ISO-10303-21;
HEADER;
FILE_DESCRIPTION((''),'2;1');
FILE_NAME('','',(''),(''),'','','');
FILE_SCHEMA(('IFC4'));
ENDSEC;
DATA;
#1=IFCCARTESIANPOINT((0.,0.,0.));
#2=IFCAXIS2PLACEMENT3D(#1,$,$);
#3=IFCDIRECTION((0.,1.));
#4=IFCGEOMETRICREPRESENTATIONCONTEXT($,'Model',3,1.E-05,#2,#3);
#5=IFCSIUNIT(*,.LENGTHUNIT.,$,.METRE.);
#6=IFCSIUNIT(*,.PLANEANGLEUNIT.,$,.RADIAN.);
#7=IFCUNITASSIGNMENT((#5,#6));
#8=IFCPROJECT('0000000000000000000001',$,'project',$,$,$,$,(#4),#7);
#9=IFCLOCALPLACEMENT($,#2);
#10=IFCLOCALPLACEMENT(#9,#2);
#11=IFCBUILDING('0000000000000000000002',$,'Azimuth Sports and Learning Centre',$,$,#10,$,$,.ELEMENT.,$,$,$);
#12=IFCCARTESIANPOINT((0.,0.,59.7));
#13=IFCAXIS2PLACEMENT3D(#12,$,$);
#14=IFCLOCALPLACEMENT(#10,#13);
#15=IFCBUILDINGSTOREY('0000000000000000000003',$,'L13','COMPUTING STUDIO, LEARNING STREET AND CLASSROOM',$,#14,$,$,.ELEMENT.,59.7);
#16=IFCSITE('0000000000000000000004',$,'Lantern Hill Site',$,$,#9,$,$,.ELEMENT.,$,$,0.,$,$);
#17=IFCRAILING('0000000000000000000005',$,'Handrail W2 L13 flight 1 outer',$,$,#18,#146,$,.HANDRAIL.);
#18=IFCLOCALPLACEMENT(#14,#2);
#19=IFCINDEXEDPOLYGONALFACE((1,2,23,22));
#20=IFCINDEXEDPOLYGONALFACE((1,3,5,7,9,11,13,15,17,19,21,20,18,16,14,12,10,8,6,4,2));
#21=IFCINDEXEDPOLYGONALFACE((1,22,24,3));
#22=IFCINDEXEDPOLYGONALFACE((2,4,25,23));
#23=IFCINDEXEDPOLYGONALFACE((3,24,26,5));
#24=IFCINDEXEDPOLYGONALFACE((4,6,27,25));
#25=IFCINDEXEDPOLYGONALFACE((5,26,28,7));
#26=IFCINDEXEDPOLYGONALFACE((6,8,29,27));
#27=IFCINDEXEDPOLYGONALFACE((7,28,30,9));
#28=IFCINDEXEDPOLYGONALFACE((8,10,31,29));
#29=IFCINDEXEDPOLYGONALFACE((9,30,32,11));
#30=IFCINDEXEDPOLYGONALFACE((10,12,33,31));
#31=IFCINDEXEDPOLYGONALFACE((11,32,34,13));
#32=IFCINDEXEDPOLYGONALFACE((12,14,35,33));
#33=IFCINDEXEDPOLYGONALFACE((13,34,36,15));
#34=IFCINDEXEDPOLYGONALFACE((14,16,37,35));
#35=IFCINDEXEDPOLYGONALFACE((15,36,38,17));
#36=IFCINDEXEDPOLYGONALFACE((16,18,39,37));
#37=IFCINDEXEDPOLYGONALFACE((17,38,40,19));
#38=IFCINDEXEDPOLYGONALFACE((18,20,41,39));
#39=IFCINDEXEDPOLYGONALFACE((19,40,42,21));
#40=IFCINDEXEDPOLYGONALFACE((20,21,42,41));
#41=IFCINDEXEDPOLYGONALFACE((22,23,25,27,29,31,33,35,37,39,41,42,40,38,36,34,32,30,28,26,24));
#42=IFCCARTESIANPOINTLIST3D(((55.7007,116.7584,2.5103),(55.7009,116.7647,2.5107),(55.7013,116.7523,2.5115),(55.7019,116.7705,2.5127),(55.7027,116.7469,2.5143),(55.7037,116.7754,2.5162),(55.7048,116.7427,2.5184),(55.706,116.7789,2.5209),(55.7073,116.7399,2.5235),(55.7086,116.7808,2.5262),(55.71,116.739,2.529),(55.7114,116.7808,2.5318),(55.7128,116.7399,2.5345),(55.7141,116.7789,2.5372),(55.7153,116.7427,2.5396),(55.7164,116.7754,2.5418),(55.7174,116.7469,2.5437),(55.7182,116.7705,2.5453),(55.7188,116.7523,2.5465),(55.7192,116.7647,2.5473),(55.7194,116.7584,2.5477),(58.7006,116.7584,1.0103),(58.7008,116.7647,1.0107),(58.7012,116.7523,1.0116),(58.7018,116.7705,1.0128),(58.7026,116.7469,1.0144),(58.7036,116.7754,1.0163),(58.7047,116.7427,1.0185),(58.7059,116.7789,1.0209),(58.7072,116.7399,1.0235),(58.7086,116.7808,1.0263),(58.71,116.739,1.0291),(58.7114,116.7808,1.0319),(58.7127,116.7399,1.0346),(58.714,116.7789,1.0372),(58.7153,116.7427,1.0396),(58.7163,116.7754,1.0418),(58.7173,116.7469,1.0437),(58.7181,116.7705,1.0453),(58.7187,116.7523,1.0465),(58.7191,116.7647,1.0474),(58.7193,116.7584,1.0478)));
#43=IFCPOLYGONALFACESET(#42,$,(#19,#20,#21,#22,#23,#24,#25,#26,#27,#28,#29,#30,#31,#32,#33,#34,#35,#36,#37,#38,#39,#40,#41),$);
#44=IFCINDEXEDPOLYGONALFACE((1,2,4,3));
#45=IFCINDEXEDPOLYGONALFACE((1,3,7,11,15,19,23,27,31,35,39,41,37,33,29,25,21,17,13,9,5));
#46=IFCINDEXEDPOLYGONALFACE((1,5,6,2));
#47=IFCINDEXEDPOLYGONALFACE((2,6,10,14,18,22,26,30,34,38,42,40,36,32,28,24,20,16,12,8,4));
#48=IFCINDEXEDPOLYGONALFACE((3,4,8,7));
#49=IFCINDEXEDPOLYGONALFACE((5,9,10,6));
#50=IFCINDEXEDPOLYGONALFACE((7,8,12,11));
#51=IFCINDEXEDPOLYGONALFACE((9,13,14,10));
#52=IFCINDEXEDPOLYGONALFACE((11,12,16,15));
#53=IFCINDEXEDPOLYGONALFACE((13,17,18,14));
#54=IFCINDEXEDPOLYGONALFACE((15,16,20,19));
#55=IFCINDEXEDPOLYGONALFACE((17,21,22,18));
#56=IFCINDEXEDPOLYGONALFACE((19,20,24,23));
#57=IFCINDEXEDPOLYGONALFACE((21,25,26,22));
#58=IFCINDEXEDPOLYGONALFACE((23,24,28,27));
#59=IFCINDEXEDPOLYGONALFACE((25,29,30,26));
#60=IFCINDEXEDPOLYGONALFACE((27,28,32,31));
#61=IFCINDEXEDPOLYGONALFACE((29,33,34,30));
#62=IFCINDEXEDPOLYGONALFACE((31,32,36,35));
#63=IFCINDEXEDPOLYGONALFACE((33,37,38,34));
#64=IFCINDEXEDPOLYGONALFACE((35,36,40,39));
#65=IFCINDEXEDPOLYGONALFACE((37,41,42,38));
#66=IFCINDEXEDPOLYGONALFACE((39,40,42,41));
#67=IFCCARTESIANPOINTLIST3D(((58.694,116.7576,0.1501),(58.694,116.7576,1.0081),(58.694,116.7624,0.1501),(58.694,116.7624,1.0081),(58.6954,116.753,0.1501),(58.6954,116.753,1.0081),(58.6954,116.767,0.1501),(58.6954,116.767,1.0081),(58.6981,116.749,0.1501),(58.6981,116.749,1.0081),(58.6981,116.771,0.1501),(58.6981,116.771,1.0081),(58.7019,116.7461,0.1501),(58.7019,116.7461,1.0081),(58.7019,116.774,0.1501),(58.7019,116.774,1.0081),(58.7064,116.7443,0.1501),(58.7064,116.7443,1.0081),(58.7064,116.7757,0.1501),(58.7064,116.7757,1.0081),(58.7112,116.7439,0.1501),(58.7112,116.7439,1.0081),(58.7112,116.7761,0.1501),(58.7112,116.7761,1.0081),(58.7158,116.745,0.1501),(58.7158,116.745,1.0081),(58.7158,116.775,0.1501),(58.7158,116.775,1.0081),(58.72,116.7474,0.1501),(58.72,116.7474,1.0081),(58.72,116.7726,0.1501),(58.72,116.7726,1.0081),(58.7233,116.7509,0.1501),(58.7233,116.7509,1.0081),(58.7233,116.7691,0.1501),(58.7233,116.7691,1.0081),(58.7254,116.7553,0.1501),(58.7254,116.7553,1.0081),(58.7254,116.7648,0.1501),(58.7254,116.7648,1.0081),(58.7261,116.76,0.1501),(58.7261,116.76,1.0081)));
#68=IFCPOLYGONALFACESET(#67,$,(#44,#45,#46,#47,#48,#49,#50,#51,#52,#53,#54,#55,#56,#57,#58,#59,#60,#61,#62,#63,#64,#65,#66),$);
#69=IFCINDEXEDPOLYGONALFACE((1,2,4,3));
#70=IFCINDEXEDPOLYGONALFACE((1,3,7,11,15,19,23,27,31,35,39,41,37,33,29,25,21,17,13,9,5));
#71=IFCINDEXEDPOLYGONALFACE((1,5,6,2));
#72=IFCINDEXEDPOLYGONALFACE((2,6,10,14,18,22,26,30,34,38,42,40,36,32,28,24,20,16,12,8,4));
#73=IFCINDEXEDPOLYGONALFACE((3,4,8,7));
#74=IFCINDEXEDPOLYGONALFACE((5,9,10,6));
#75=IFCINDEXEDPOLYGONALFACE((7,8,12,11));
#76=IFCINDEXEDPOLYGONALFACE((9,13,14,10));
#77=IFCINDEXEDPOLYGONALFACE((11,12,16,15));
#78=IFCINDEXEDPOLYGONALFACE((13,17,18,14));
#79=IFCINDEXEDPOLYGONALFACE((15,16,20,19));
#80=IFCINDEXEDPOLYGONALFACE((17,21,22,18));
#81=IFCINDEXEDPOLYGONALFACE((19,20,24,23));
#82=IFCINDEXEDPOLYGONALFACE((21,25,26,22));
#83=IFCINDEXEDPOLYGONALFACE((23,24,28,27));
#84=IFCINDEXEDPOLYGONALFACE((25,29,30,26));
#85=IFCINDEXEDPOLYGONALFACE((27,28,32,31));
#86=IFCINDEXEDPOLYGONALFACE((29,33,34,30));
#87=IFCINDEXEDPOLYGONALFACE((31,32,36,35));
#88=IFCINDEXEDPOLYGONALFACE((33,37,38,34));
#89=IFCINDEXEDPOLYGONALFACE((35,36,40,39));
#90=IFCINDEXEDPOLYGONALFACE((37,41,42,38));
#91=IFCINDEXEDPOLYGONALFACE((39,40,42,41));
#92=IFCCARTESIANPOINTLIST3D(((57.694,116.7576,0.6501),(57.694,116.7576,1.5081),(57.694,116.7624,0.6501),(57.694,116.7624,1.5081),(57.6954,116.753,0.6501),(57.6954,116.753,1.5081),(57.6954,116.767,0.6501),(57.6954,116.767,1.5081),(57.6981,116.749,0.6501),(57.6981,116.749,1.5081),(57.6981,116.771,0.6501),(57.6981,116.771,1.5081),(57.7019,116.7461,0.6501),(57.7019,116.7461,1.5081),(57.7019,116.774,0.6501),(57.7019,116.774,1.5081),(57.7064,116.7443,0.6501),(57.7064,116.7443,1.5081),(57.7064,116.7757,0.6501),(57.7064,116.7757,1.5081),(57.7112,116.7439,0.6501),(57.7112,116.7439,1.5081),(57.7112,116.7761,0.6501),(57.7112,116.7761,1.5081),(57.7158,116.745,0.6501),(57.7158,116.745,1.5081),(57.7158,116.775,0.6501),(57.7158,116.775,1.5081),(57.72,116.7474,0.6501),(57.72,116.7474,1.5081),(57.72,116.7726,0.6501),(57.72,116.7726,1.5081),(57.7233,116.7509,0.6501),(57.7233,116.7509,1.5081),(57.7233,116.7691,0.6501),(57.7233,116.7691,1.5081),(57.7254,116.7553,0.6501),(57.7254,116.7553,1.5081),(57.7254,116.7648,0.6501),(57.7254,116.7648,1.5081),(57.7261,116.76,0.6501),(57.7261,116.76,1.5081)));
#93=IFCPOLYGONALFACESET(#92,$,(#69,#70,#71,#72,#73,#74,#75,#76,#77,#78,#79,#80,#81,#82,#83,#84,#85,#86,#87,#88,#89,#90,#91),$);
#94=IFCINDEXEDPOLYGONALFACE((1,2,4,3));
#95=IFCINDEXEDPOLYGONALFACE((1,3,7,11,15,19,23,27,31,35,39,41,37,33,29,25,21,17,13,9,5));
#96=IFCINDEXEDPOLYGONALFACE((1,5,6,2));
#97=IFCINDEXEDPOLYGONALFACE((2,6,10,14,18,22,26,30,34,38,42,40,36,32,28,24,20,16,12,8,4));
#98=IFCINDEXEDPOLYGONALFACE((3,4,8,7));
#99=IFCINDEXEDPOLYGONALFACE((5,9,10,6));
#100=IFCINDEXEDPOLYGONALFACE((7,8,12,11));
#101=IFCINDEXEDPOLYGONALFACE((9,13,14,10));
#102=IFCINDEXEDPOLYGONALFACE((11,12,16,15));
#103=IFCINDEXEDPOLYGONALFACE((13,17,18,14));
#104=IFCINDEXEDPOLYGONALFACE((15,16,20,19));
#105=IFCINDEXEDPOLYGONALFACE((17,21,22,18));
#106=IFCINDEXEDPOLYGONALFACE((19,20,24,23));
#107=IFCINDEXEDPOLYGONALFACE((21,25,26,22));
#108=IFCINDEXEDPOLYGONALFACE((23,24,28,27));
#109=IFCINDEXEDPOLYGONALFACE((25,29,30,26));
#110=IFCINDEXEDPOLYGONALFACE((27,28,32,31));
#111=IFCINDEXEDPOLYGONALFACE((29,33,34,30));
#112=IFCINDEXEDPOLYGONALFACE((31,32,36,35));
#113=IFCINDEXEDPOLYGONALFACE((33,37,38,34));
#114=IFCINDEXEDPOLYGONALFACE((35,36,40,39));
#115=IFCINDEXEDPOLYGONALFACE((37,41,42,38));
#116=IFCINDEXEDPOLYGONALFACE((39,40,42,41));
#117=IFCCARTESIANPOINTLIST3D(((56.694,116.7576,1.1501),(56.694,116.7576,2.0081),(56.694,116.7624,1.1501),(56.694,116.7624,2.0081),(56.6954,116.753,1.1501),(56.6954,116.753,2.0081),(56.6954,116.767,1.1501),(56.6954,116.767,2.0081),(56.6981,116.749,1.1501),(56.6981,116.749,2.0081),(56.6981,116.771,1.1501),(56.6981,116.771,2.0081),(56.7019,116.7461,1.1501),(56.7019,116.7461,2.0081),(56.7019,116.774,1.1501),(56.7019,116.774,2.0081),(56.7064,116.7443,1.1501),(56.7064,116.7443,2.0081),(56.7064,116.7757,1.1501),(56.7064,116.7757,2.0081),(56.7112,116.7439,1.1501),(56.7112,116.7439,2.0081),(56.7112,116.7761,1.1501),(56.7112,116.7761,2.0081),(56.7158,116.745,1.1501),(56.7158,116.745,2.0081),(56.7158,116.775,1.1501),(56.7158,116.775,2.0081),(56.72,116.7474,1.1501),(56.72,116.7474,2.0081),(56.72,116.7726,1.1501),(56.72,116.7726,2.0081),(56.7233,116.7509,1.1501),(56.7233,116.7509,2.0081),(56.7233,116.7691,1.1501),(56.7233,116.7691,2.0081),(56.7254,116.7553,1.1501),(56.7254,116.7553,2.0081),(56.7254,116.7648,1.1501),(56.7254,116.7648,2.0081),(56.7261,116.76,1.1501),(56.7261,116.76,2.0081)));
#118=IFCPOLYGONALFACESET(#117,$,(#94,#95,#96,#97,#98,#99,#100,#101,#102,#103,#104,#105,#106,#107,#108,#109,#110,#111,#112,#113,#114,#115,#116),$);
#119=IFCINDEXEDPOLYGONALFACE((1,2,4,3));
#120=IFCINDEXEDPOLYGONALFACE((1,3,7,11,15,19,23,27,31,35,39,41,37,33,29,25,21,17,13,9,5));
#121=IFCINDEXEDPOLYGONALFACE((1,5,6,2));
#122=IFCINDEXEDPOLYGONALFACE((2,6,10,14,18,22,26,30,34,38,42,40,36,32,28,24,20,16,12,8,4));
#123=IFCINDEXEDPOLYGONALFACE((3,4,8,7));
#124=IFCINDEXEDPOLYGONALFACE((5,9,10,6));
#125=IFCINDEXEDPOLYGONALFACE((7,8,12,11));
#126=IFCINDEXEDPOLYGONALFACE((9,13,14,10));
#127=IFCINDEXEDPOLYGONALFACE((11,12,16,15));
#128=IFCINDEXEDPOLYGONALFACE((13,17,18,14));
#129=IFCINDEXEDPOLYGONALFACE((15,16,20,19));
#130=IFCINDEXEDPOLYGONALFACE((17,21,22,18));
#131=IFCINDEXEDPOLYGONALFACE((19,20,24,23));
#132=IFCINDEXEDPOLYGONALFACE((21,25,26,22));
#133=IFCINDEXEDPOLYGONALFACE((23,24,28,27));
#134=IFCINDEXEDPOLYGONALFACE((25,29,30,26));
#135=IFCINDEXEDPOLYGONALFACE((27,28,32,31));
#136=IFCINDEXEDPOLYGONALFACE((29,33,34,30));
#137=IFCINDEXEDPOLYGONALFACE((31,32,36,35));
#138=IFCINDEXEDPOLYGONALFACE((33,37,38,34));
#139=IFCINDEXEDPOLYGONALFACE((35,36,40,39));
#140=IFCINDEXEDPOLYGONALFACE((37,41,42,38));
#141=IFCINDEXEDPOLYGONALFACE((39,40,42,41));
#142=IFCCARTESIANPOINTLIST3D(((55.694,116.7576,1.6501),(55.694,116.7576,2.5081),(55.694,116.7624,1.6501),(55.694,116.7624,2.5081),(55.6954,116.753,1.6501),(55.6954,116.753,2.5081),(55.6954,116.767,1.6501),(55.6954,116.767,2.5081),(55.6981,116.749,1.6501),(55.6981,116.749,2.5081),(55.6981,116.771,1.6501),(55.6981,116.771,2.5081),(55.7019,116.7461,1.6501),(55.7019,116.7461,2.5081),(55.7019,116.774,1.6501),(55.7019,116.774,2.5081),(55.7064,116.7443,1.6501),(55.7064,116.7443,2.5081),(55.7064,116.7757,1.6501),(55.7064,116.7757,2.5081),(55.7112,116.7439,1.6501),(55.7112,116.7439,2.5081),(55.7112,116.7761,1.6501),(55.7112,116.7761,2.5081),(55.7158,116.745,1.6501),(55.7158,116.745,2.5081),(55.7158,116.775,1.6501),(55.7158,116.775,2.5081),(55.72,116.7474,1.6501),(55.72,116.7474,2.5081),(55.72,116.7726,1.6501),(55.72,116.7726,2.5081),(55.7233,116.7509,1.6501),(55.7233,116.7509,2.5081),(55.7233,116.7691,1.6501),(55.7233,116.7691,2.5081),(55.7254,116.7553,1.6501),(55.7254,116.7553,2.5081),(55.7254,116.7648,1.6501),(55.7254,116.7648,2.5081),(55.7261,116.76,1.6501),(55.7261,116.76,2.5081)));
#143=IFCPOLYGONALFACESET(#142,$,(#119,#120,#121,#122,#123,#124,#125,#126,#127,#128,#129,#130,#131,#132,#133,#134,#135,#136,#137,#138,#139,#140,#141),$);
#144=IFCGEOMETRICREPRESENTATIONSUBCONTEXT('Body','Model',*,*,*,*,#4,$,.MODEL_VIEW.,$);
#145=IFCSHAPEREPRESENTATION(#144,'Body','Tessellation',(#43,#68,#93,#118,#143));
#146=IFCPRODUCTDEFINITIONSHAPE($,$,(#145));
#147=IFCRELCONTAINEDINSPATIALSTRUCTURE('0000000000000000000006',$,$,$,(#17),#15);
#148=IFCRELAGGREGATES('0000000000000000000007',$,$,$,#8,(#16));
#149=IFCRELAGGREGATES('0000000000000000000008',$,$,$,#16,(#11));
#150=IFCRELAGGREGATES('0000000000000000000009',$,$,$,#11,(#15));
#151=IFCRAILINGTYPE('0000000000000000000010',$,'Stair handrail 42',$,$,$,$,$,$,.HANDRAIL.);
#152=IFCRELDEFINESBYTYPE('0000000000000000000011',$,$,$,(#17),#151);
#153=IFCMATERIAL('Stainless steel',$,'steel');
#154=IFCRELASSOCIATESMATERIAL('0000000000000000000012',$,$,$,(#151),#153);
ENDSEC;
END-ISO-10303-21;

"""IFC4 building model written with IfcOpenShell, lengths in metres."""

from ifc_helpers import new_model, si_unit, direction, frame, origin, origin_2d, place, context, subcontext, project, spatial, circle, extrude, material, type_object, element, save


model = new_model("IFC4")

# Units and contexts
model_context = context("Model", 3, precision=1e-05, world=origin(), true_north=direction((0.0, 1.0)))
body_context = subcontext(model_context, "Body", "Model", "MODEL_VIEW")
ifc_project = project(units=[si_unit("LENGTHUNIT", "METRE"), si_unit("PLANEANGLEUNIT", "RADIAN")], contexts=[model_context])

# Site, building, storey
site_placement = place(None, origin())
site = spatial("IfcSite", under=ifc_project, at=site_placement, Name="Lantern Hill Site", CompositionType="ELEMENT", RefElevation=0.0)
building_placement = place(site_placement, origin())
building = spatial("IfcBuilding", under=site, at=building_placement, Name="Azimuth Sports and Learning Centre", CompositionType="ELEMENT")
storey_placement = place(building_placement, frame((0.0, 0.0, 59.7)))
storey = spatial("IfcBuildingStorey", under=building, at=storey_placement, Name="L13", Description="COMPUTING STUDIO, LEARNING STREET AND CLASSROOM", CompositionType="ELEMENT", Elevation=59.7)

# Railing
ifc_material_1 = material(Name="Stainless steel", Category="steel")
railing_type_1 = type_object("IfcRailingType", Name="Stair handrail 42", PredefinedType="HANDRAIL", material=ifc_material_1)
for number, where, name in (
    (1, (58.71, 116.76, 0.1501), "Handrail W2 L13 flight 1 outer"),
):
    element("IfcRailing", number, at=place(storey_placement, frame(where)), inside=storey, type_object=railing_type_1, Name=name, PredefinedType="HANDRAIL", context=body_context, shape_type="SweptSolid", body=[
        extrude(circle(Radius=0.021, at=origin_2d()), frame((0.0, 0.0, 0.8789), z_axis=(-0.894427, 0.0, 0.447214), x_axis=(0.0, -1.0, 0.0)), (0.0, 0.0, 1.0), 3.354),
        extrude(circle(Radius=0.0161, at=origin_2d()), origin(), (0.0, 0.0, 1.0), 0.8579),
        extrude(circle(Radius=0.0161, at=origin_2d()), frame((-1.0, 0.0, 0.5)), (0.0, 0.0, 1.0), 0.8579),
        extrude(circle(Radius=0.0161, at=origin_2d()), frame((-2.0, 0.0, 1.0)), (0.0, 0.0, 1.0), 0.8579),
        extrude(circle(Radius=0.0161, at=origin_2d()), frame((-3.0, 0.0, 1.5)), (0.0, 0.0, 1.0), 0.8579),
    ])

save(model, "model.ifc")
